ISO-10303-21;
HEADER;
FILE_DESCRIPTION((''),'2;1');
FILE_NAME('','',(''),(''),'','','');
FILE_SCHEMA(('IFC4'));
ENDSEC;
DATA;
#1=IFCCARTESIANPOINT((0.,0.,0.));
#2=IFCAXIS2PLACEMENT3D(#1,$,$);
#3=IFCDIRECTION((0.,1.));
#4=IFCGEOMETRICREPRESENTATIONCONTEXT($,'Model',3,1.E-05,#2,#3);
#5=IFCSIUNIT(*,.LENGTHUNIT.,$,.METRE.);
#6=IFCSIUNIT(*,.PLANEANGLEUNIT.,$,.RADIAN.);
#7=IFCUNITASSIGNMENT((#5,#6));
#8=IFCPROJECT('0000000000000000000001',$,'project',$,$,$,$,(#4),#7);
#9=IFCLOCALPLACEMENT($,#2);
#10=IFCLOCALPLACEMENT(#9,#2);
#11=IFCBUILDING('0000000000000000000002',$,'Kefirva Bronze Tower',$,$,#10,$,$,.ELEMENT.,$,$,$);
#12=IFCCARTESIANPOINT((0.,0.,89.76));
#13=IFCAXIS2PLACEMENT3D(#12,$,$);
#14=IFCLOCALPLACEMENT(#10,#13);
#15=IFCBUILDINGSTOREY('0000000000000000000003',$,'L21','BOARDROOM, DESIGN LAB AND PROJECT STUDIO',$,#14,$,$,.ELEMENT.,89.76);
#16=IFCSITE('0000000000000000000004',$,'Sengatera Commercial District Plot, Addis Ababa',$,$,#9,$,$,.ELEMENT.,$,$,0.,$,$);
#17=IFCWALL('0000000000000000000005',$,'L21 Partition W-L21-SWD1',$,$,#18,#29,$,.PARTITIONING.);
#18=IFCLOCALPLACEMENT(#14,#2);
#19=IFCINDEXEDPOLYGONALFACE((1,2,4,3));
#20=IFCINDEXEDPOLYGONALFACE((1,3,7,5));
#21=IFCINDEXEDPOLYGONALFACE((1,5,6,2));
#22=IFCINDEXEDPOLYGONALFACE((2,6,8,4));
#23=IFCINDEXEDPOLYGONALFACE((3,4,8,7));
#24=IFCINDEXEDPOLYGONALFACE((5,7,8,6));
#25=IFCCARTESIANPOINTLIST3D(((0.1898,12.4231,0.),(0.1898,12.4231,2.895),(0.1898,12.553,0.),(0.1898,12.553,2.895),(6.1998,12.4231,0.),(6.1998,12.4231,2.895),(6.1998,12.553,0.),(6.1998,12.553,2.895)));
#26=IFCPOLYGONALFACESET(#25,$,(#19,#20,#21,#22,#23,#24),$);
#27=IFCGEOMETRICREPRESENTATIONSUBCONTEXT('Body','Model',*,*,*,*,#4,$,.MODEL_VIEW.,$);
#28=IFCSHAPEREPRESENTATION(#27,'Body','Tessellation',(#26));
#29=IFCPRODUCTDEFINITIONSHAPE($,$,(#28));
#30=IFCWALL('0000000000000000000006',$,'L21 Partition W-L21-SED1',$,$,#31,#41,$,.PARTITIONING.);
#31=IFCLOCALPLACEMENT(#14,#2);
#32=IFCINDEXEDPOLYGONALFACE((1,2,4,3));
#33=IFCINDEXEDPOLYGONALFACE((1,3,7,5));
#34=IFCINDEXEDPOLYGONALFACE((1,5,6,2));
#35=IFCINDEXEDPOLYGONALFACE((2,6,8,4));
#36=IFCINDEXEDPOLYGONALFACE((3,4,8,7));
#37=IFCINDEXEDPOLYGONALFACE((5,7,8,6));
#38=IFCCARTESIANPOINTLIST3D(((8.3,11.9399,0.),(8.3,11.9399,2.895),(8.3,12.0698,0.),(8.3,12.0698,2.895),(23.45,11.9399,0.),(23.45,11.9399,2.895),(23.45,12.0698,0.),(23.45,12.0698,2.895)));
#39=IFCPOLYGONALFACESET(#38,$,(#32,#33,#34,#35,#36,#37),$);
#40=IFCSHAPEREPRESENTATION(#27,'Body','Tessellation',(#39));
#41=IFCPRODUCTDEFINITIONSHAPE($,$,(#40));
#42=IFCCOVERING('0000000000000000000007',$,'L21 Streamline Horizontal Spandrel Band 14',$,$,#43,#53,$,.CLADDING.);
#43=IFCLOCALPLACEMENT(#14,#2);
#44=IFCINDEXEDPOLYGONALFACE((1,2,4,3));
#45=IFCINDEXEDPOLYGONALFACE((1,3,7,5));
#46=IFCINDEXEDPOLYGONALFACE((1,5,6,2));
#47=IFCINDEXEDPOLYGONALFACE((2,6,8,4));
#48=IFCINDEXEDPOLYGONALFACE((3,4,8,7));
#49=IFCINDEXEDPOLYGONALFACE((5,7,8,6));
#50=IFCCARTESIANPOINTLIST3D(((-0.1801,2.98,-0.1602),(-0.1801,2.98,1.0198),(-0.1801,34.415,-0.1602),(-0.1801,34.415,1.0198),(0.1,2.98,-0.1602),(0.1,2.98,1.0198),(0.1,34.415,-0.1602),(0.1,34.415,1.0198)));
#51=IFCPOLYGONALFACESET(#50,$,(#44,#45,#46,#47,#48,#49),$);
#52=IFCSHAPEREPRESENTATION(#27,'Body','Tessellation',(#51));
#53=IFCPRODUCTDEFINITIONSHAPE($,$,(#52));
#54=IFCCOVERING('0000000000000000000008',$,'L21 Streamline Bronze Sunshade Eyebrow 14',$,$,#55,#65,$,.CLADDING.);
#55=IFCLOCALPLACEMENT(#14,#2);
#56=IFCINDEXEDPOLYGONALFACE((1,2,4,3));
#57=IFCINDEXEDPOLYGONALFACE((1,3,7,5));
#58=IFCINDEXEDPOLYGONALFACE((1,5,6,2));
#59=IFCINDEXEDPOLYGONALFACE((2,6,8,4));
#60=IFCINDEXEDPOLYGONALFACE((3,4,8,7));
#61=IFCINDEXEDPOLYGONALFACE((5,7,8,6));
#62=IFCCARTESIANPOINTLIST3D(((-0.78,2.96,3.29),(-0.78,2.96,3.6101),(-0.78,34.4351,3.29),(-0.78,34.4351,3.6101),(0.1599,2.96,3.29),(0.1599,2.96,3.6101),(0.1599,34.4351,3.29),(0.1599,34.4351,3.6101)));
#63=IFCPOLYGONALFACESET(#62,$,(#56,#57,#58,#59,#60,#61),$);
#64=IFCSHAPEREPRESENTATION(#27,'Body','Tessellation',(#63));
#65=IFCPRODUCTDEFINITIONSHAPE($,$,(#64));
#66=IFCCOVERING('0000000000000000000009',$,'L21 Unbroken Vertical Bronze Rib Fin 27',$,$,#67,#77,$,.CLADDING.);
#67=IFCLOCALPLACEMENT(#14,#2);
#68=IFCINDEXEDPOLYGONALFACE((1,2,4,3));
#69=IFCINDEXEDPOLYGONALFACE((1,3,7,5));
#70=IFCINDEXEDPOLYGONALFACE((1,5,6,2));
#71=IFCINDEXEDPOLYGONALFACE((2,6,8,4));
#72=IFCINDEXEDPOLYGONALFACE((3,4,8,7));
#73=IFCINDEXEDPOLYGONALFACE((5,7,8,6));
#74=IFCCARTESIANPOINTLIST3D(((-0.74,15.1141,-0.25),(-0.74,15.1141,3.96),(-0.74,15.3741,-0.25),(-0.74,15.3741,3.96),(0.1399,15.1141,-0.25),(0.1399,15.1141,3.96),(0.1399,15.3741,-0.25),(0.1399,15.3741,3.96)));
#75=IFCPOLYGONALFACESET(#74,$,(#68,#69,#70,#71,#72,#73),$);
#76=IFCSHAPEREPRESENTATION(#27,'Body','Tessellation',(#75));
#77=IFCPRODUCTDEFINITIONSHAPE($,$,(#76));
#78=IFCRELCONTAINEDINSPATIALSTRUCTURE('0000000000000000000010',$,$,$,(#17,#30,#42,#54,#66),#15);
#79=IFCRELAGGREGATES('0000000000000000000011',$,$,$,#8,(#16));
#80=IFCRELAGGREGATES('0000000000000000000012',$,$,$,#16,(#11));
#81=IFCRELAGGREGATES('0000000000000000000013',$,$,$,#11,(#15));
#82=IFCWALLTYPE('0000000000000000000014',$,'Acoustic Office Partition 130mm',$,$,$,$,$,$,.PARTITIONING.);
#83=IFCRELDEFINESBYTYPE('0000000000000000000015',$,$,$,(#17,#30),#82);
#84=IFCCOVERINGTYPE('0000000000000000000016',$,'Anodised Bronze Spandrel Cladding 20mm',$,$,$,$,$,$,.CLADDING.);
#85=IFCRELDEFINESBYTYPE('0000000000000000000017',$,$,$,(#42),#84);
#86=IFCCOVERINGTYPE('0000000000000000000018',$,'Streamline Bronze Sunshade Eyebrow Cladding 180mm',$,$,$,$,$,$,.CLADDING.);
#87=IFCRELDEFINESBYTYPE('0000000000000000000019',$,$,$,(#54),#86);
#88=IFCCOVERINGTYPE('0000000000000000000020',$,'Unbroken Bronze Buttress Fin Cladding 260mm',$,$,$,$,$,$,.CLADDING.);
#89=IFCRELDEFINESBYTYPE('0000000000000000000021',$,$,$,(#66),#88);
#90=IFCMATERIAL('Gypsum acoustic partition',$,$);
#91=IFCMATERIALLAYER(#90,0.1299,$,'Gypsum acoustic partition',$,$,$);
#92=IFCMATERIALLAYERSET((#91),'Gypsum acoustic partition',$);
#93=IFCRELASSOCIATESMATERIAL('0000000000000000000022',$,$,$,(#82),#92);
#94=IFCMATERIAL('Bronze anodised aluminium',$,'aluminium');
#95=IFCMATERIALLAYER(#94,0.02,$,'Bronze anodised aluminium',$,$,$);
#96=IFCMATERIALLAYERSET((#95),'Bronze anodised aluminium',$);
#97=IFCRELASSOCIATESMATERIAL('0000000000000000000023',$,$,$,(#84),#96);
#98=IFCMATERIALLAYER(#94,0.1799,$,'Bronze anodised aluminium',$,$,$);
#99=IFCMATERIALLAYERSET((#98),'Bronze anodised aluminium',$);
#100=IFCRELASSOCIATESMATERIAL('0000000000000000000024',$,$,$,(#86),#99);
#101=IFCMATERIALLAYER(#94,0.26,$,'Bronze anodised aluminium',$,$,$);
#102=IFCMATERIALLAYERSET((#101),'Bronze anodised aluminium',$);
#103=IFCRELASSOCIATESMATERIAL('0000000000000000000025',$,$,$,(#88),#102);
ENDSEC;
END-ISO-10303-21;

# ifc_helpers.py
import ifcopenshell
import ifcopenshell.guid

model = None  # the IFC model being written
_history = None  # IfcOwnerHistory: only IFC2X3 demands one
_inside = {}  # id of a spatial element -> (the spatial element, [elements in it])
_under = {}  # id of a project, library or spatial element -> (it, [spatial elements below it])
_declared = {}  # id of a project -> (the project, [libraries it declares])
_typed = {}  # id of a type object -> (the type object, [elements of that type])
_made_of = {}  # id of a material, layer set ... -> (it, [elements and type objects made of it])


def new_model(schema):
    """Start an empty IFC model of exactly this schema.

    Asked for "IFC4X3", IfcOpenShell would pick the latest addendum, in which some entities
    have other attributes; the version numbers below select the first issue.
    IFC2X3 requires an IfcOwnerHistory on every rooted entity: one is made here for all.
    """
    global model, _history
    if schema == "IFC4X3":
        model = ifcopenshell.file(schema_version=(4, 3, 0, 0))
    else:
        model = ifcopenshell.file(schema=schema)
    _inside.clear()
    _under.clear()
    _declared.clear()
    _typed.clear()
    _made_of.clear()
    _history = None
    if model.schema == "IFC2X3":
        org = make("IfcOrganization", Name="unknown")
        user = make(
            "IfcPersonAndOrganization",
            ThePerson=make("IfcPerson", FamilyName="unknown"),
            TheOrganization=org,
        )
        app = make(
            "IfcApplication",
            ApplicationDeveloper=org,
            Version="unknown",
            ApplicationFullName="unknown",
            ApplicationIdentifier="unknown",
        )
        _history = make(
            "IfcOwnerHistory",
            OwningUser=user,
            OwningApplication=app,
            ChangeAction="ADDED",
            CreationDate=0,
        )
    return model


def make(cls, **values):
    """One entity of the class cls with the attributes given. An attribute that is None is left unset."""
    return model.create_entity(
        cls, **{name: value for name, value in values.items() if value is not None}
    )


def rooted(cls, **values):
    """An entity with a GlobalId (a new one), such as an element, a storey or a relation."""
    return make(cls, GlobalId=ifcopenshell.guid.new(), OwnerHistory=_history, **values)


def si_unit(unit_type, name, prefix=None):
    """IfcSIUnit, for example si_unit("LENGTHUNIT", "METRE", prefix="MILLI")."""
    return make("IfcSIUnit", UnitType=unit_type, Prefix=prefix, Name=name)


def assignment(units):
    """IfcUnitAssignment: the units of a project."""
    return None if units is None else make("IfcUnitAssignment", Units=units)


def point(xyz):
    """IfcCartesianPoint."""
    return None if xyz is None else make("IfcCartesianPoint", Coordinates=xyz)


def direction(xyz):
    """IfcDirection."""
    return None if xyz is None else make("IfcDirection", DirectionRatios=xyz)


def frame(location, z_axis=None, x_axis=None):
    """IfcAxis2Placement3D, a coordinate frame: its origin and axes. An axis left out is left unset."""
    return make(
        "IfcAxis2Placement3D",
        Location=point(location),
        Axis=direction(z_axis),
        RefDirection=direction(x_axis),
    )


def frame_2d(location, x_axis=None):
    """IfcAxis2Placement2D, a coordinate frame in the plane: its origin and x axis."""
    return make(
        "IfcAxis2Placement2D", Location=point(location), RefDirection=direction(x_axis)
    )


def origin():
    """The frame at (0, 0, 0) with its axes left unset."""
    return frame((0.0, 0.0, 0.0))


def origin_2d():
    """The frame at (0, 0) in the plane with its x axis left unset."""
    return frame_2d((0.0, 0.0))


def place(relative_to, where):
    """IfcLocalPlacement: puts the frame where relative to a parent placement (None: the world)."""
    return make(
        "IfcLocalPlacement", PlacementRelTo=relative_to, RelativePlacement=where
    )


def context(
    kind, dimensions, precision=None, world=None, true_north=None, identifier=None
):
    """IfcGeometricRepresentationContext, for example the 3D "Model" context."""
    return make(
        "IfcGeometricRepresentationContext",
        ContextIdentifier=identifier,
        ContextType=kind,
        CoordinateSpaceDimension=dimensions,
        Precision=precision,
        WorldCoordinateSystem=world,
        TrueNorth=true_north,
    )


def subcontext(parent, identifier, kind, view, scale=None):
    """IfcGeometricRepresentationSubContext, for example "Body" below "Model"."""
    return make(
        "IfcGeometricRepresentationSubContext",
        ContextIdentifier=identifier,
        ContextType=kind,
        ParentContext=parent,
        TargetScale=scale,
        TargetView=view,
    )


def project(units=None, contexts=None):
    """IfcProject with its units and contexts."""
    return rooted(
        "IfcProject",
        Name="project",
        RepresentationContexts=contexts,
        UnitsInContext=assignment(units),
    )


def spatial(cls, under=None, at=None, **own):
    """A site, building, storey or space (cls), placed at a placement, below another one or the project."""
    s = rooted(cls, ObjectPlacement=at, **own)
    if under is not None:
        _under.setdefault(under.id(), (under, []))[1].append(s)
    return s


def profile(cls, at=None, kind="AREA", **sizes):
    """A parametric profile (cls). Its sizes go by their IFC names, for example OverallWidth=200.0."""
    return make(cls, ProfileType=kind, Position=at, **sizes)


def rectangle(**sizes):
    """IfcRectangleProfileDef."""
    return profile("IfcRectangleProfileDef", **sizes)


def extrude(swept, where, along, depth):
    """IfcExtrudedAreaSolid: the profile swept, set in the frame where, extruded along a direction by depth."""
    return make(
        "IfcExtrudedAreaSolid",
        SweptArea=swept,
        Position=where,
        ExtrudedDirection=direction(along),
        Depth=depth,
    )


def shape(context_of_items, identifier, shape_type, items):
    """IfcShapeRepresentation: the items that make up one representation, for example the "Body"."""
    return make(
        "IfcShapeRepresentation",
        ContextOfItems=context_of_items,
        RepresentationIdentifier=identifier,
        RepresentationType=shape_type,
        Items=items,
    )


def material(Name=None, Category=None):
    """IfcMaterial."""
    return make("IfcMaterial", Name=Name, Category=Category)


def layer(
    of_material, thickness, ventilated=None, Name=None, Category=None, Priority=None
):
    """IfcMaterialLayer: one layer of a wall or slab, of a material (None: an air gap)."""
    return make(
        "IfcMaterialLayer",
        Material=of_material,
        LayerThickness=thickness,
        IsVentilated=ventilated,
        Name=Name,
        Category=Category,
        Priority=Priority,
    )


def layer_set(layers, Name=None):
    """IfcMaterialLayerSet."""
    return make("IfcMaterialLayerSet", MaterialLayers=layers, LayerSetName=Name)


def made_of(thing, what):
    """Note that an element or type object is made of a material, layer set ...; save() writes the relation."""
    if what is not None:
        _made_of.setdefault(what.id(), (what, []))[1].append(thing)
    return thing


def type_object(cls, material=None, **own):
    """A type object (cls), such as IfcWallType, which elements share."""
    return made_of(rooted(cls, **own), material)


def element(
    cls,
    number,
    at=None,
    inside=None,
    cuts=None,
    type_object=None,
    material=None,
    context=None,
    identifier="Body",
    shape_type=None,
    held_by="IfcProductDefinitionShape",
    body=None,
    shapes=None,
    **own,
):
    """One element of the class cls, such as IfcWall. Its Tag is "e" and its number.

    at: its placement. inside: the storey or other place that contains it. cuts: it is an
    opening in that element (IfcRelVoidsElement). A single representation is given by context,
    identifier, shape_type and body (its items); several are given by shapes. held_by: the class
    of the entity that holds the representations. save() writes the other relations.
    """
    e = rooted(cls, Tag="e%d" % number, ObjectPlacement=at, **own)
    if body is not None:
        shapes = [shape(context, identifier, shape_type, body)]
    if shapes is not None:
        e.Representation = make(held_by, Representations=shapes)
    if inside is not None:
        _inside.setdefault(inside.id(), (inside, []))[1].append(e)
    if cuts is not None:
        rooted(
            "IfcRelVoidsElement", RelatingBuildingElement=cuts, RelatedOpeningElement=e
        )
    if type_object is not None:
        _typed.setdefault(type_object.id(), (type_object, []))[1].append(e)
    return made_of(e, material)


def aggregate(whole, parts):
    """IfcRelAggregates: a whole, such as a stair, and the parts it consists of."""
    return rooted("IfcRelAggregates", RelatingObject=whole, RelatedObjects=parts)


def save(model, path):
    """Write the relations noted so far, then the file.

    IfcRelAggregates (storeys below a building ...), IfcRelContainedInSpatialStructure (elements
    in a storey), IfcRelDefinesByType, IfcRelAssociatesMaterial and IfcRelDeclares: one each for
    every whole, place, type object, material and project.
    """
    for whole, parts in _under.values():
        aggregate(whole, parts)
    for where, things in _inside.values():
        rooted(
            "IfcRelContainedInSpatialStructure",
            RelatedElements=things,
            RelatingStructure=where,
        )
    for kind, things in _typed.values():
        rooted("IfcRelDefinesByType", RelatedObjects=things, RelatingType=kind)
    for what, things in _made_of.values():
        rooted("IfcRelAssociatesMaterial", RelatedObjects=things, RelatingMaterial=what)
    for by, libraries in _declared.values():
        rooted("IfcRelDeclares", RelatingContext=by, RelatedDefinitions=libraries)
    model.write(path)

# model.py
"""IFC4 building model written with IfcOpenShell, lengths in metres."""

from ifc_helpers import new_model, si_unit, direction, frame, frame_2d, origin, origin_2d, place, context, subcontext, project, spatial, rectangle, extrude, material, layer, layer_set, type_object, element, save


model = new_model("IFC4")

# Units and contexts
model_context = context("Model", 3, precision=1e-05, world=origin(), true_north=direction((0.0, 1.0)))
body_context = subcontext(model_context, "Body", "Model", "MODEL_VIEW")
ifc_project = project(units=[si_unit("LENGTHUNIT", "METRE"), si_unit("PLANEANGLEUNIT", "RADIAN")], contexts=[model_context])

# Site, building, storey
site_placement = place(None, origin())
site = spatial("IfcSite", under=ifc_project, at=site_placement, Name="Sengatera Commercial District Plot, Addis Ababa", CompositionType="ELEMENT", RefElevation=0.0)
building_placement = place(site_placement, origin())
building = spatial("IfcBuilding", under=site, at=building_placement, Name="Kefirva Bronze Tower", CompositionType="ELEMENT")
storey_placement = place(building_placement, frame((0.0, 0.0, 89.76)))
storey = spatial("IfcBuildingStorey", under=building, at=storey_placement, Name="L21", Description="BOARDROOM, DESIGN LAB AND PROJECT STUDIO", CompositionType="ELEMENT", Elevation=89.76)

# Shared definitions
ifc_material_1 = material(Name="Bronze anodised aluminium", Category="aluminium")

# Walls
ifc_material_2 = material(Name="Gypsum acoustic partition")
ifc_layer_1 = layer(ifc_material_2, 0.1299, Name="Gypsum acoustic partition")
ifc_layer_set_1 = layer_set([ifc_layer_1], Name="Gypsum acoustic partition")
wall_type = type_object("IfcWallType", Name="Acoustic Office Partition 130mm", PredefinedType="PARTITIONING", material=ifc_layer_set_1)
wall_1_placement = place(storey_placement, frame((0.1899, 12.488, 0.0), z_axis=(0.0, 0.0, 1.0), x_axis=(1.0, 0.0, 0.0)))
element("IfcWall", 1, at=wall_1_placement, inside=storey, type_object=wall_type, Name="L21 Partition W-L21-SWD1", PredefinedType="PARTITIONING", context=body_context, shape_type="SweptSolid", body=[
    extrude(rectangle(XDim=6.01, YDim=0.1299, at=frame_2d((3.0049, 0.0))), origin(), (0.0, 0.0, 1.0), 2.895),
])
wall_2_placement = place(storey_placement, frame((8.3, 12.0049, 0.0), z_axis=(0.0, 0.0, 1.0), x_axis=(1.0, 0.0, 0.0)))
element("IfcWall", 2, at=wall_2_placement, inside=storey, type_object=wall_type, Name="L21 Partition W-L21-SED1", PredefinedType="PARTITIONING", context=body_context, shape_type="SweptSolid", body=[
    extrude(rectangle(XDim=15.1499, YDim=0.1299, at=frame_2d((7.575, 0.0))), origin(), (0.0, 0.0, 1.0), 2.895),
])

# Coverings
ifc_layer_2 = layer(ifc_material_1, 0.02, Name="Bronze anodised aluminium")
ifc_layer_set_2 = layer_set([ifc_layer_2], Name="Bronze anodised aluminium")
covering_type_1 = type_object("IfcCoveringType", Name="Anodised Bronze Spandrel Cladding 20mm", PredefinedType="CLADDING", material=ifc_layer_set_2)
covering_1_placement = place(storey_placement, frame((-0.04, 18.6975, -0.1602), z_axis=(0.0, 0.0, 1.0), x_axis=(0.0, -1.0, 0.0)))
element("IfcCovering", 3, at=covering_1_placement, inside=storey, type_object=covering_type_1, Name="L21 Streamline Horizontal Spandrel Band 14", PredefinedType="CLADDING", context=body_context, shape_type="SweptSolid", body=[
    extrude(rectangle(XDim=31.4351, YDim=0.28, at=origin_2d()), origin(), (0.0, 0.0, 1.0), 1.1799),
])
ifc_layer_3 = layer(ifc_material_1, 0.1799, Name="Bronze anodised aluminium")
ifc_layer_set_3 = layer_set([ifc_layer_3], Name="Bronze anodised aluminium")
covering_type_2 = type_object("IfcCoveringType", Name="Streamline Bronze Sunshade Eyebrow Cladding 180mm", PredefinedType="CLADDING", material=ifc_layer_set_3)
covering_2_placement = place(storey_placement, frame((-0.3101, 18.6975, 3.29), z_axis=(0.0, 0.0, 1.0), x_axis=(0.0, -1.0, 0.0)))
element("IfcCovering", 4, at=covering_2_placement, inside=storey, type_object=covering_type_2, Name="L21 Streamline Bronze Sunshade Eyebrow 14", PredefinedType="CLADDING", context=body_context, shape_type="SweptSolid", body=[
    extrude(rectangle(XDim=31.4751, YDim=0.9399, at=origin_2d()), origin(), (0.0, 0.0, 1.0), 0.3201),
])
ifc_layer_4 = layer(ifc_material_1, 0.26, Name="Bronze anodised aluminium")
ifc_layer_set_4 = layer_set([ifc_layer_4], Name="Bronze anodised aluminium")
covering_type_3 = type_object("IfcCoveringType", Name="Unbroken Bronze Buttress Fin Cladding 260mm", PredefinedType="CLADDING", material=ifc_layer_set_4)
covering_3_placement = place(storey_placement, frame((-0.3, 15.2441, -0.25), z_axis=(0.0, 0.0, 1.0), x_axis=(0.0, -1.0, 0.0)))
element("IfcCovering", 5, at=covering_3_placement, inside=storey, type_object=covering_type_3, Name="L21 Unbroken Vertical Bronze Rib Fin 27", PredefinedType="CLADDING", context=body_context, shape_type="SweptSolid", body=[
    extrude(rectangle(XDim=0.26, YDim=0.8799, at=origin_2d()), origin(), (0.0, 0.0, 1.0), 4.21),
])

save(model, "model.ifc")
